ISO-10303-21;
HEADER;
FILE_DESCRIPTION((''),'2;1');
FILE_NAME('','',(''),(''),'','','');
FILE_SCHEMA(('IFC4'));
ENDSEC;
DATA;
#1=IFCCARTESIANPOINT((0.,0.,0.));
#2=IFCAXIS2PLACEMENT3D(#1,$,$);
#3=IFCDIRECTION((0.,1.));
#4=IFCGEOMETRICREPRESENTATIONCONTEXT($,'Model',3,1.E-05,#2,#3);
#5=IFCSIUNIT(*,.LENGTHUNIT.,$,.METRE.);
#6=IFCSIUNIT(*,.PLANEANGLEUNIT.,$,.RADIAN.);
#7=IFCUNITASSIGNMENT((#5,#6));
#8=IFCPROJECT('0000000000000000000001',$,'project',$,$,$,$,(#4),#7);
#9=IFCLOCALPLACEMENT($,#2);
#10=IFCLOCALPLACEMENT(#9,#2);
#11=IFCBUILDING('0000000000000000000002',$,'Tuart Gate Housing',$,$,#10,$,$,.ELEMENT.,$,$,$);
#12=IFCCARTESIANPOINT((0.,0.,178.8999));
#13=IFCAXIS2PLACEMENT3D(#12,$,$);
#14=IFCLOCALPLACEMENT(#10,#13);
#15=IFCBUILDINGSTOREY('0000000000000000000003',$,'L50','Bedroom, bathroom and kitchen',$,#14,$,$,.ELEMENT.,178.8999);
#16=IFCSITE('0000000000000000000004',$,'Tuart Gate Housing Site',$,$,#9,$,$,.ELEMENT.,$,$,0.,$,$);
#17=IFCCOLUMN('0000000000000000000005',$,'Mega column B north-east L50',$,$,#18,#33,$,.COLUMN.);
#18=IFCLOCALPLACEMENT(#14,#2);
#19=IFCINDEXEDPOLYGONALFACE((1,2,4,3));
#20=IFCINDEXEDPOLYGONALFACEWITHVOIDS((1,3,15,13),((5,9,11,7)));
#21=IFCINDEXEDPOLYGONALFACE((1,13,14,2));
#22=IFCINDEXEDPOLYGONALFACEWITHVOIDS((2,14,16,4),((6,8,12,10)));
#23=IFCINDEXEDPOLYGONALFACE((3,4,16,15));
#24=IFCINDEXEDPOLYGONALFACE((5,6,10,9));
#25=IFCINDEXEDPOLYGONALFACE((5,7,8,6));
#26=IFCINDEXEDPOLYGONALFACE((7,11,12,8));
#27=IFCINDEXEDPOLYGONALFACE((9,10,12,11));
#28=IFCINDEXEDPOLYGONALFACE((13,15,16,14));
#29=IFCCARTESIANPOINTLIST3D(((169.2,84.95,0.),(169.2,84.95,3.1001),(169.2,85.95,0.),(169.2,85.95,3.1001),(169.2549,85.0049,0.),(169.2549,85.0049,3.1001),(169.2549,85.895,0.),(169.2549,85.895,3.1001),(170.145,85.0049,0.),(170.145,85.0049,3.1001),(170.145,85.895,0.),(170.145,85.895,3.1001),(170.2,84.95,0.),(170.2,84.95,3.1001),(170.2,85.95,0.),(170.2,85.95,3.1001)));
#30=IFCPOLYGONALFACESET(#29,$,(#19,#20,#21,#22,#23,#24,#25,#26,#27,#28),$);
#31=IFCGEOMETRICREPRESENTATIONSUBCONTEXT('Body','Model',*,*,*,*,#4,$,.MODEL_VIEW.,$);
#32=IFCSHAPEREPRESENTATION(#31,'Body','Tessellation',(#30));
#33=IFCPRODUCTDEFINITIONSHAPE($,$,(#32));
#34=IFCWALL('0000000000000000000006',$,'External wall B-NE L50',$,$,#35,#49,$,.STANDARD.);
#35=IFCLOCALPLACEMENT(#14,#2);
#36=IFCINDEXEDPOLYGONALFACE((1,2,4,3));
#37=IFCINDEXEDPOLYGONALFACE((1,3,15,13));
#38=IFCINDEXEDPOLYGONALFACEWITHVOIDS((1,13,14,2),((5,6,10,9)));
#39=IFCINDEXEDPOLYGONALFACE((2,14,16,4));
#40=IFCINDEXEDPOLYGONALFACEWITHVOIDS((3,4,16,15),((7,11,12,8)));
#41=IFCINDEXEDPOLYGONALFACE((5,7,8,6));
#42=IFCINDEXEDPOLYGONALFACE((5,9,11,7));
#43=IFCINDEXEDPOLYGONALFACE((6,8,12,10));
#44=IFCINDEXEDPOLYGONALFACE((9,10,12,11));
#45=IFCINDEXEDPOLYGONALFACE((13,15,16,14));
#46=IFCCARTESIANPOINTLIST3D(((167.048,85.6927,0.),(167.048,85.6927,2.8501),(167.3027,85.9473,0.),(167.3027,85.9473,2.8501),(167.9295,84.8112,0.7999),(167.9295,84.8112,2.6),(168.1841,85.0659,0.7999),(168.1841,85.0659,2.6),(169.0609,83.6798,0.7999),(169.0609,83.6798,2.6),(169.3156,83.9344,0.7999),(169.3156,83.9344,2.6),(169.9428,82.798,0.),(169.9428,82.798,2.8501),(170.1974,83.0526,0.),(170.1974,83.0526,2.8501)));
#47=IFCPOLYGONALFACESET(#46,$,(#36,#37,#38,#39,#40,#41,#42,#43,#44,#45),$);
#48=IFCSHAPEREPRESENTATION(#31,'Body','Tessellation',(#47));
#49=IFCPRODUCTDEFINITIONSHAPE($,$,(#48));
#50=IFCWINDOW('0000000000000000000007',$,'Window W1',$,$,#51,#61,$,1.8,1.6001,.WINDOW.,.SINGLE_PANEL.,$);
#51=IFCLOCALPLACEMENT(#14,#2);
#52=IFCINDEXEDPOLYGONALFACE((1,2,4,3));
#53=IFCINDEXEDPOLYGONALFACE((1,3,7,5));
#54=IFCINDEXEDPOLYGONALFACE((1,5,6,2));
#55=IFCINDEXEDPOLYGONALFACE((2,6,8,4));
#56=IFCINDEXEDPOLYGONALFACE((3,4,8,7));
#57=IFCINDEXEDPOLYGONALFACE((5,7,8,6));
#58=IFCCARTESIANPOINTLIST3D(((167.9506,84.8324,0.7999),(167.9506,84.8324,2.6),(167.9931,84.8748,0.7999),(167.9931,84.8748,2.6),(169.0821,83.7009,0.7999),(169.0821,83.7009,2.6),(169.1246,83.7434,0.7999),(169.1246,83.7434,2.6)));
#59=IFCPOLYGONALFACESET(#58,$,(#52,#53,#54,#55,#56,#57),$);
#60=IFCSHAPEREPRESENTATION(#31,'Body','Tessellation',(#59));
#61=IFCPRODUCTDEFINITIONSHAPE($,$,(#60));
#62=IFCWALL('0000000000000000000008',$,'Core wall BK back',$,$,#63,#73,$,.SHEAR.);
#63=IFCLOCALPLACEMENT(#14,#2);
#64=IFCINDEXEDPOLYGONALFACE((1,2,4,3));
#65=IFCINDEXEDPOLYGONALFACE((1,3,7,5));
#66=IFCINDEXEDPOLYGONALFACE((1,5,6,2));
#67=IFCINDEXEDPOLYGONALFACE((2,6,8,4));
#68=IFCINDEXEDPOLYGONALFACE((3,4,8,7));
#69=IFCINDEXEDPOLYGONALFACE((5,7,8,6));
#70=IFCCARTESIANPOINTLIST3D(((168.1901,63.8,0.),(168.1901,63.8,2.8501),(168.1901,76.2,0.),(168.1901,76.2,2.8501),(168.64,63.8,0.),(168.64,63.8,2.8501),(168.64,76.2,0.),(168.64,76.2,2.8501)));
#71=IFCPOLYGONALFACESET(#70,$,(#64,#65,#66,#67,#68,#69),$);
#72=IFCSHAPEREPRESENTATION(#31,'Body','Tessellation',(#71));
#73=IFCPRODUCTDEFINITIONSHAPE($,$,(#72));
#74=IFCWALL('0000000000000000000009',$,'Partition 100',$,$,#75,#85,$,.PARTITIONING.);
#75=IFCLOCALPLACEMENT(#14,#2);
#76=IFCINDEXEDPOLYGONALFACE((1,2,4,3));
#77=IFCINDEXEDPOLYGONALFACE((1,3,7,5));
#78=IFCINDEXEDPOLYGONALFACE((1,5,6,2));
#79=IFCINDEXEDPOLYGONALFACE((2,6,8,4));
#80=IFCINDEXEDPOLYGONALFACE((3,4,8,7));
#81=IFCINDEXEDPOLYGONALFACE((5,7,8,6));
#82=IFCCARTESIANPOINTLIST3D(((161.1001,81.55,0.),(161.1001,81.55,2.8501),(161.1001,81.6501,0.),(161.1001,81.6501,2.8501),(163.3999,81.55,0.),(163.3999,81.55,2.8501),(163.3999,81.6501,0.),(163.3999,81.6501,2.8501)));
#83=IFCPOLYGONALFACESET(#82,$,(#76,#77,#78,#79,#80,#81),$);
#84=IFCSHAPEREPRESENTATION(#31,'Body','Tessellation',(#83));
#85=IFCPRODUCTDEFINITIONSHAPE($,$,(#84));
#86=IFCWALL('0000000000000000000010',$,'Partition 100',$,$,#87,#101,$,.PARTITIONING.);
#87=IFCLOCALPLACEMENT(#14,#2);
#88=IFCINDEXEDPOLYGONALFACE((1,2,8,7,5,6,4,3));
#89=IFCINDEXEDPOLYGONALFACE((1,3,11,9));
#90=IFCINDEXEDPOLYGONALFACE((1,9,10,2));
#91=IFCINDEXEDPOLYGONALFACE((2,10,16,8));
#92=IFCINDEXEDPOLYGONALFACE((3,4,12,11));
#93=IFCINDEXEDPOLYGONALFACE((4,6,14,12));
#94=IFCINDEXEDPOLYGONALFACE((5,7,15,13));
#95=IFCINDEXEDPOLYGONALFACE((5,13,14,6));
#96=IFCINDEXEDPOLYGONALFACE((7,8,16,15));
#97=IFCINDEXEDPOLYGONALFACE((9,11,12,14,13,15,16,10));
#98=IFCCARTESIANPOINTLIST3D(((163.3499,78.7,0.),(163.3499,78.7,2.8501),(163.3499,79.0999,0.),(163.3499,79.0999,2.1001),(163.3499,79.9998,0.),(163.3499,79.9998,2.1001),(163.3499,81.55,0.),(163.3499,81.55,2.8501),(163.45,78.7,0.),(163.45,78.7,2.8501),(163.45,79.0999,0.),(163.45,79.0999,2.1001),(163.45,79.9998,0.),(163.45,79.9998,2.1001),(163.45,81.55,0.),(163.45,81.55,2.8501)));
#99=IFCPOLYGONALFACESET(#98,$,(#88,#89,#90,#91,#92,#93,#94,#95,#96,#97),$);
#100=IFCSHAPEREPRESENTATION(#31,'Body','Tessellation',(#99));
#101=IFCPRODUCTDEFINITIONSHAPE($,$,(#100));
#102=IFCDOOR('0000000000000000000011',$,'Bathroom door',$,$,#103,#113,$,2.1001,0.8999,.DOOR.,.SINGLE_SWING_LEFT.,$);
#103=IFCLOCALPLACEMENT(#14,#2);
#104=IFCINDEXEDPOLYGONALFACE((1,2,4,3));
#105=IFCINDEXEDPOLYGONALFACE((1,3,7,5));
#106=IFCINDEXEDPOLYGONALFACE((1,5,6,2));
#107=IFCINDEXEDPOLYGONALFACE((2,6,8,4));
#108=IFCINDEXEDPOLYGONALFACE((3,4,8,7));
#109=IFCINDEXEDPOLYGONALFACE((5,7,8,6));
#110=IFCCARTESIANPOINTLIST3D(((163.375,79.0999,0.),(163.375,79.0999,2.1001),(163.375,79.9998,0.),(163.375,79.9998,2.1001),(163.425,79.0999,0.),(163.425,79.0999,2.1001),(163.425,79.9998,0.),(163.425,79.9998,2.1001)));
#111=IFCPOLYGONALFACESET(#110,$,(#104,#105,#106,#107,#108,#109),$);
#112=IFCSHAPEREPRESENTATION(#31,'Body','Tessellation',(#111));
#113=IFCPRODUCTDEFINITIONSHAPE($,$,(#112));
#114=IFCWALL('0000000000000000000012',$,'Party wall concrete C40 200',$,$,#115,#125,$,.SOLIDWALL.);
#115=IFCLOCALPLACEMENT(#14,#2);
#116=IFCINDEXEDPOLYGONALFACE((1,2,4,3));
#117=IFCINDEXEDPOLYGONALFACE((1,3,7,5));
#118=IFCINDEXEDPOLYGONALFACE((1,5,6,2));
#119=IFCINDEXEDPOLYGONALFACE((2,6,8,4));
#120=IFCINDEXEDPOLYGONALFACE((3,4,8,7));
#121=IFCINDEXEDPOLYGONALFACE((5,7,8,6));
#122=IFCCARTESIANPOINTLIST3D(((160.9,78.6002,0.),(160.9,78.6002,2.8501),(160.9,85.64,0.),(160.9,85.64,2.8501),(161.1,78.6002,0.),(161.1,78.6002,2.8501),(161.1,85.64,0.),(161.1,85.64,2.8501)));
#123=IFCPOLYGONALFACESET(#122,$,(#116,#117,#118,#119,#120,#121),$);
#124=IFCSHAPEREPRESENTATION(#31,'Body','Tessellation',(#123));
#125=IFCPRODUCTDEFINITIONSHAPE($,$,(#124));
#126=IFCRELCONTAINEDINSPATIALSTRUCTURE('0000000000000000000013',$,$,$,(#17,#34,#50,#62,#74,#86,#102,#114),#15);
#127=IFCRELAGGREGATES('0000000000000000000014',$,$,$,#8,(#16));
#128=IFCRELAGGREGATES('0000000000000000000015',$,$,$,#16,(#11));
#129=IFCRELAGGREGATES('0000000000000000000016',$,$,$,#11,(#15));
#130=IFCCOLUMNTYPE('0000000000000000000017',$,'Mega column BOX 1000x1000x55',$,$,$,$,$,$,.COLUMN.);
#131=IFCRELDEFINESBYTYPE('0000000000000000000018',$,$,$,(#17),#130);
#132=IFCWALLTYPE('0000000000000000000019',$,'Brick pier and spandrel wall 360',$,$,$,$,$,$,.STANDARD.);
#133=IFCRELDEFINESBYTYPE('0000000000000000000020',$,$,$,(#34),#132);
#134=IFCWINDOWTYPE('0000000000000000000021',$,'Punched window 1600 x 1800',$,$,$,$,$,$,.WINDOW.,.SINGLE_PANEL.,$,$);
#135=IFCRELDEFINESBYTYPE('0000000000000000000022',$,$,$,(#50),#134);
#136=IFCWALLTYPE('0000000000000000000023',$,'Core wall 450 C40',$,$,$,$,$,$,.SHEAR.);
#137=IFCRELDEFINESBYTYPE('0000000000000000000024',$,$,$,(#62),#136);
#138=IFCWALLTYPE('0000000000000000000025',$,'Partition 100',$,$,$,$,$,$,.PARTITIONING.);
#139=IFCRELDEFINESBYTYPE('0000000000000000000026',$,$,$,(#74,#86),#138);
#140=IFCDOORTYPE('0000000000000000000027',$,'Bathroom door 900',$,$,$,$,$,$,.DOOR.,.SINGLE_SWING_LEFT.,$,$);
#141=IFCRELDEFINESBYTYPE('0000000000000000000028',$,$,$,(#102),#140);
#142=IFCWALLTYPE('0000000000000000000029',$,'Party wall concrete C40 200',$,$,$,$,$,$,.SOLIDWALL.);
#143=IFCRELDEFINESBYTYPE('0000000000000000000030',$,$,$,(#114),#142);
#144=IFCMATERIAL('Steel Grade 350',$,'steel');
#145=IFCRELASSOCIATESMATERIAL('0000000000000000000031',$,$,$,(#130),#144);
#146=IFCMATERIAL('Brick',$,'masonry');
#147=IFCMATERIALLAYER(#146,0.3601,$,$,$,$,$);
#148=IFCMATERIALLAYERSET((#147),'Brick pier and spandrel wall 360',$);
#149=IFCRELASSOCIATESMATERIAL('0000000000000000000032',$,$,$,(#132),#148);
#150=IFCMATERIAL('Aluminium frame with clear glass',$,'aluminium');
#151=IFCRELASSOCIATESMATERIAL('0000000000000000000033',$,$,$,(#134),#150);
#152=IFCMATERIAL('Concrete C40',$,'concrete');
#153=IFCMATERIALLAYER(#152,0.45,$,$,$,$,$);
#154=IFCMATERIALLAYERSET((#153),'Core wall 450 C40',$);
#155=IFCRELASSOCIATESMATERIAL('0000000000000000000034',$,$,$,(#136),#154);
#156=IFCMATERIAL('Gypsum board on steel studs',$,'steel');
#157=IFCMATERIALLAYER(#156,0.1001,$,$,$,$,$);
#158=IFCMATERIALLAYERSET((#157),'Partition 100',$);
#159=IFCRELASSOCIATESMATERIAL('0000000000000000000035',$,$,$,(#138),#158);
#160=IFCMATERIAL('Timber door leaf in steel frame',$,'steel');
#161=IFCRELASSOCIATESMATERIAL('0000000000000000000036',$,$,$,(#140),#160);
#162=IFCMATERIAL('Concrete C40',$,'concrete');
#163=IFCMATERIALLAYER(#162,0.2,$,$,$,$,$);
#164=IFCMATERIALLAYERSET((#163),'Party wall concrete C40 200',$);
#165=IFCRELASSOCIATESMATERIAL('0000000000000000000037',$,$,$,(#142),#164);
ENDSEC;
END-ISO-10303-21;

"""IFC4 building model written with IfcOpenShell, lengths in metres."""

from ifc_helpers import new_model, si_unit, direction, frame, frame_2d, origin, origin_2d, place, context, subcontext, project, spatial, rectangle, hollow_rectangle, extrude, material, layer, layer_set, material_profile, profile_set, type_object, element, fill, save


model = new_model("IFC4")

# Units and contexts
model_context = context("Model", 3, precision=1e-05, world=origin(), true_north=direction((0.0, 1.0)))
body_context = subcontext(model_context, "Body", "Model", "MODEL_VIEW")
ifc_project = project(units=[si_unit("LENGTHUNIT", "METRE"), si_unit("PLANEANGLEUNIT", "RADIAN")], contexts=[model_context])

# Site, building, storey
site_placement = place(None, origin())
site = spatial("IfcSite", under=ifc_project, at=site_placement, Name="Tuart Gate Housing Site", CompositionType="ELEMENT", RefElevation=0.0)
building_placement = place(site_placement, origin())
building = spatial("IfcBuilding", under=site, at=building_placement, Name="Tuart Gate Housing", CompositionType="ELEMENT")
storey_placement = place(building_placement, frame((0.0, 0.0, 178.8999)))
storey = spatial("IfcBuildingStorey", under=building, at=storey_placement, Name="L50", Description="Bedroom, bathroom and kitchen", CompositionType="ELEMENT", Elevation=178.8999)

# Column
ifc_material_1 = material(Name="Steel Grade 350", Category="steel")
ifc_material_profile = material_profile(ifc_material_1, hollow_rectangle(XDim=1.0, YDim=1.0, WallThickness=0.0549, at=origin_2d()), Name="BOX 1000x1000x55")
ifc_profile_set = profile_set([ifc_material_profile], Name="Steel Grade 350")
column_type = type_object("IfcColumnType", Name="Mega column BOX 1000x1000x55", PredefinedType="COLUMN", material=ifc_profile_set)
column_placement = place(storey_placement, frame((169.7, 85.45, 0.0), z_axis=(0.0, 0.0, 1.0), x_axis=(1.0, 0.0, 0.0)))
element("IfcColumn", 1, at=column_placement, inside=storey, type_object=column_type, Name="Mega column B north-east L50", PredefinedType="COLUMN", context=body_context, shape_type="SweptSolid", body=[
    extrude(hollow_rectangle(XDim=1.0, YDim=1.0, WallThickness=0.0549, at=origin_2d()), origin(), (0.0, 0.0, 1.0), 3.1001),
])

# Wall, opening, window
ifc_material_2 = material(Name="Brick", Category="masonry")
ifc_layer_1 = layer(ifc_material_2, 0.3601)
ifc_layer_set_1 = layer_set([ifc_layer_1], Name="Brick pier and spandrel wall 360")
wall_type_1 = type_object("IfcWallType", Name="Brick pier and spandrel wall 360", PredefinedType="STANDARD", material=ifc_layer_set_1)
wall_1_placement = place(storey_placement, frame((170.0701, 82.9253, 0.0), z_axis=(0.0, 0.0, 1.0), x_axis=(-0.707107, 0.707107, 0.0)))
wall_1 = element("IfcWall", 2, at=wall_1_placement, inside=storey, type_object=wall_type_1, Name="External wall B-NE L50", PredefinedType="STANDARD", context=body_context, shape_type="SweptSolid", body=[
    extrude(rectangle(XDim=4.0938, YDim=0.3601, at=frame_2d((2.0469, 0.0))), origin(), (0.0, 0.0, 1.0), 2.8501),
])
opening_1_placement = place(wall_1_placement, frame((1.2471, 0.0, 0.8)))
opening_1 = element("IfcOpeningElement", 3, at=opening_1_placement, cuts=wall_1, PredefinedType="OPENING", context=body_context, shape_type="SweptSolid", body=[
    extrude(rectangle(XDim=1.6001, YDim=1.8, at=frame_2d((0.8, 0.8999))), frame((0.0, 0.1899, 0.0), z_axis=(0.0, -1.0, 0.0), x_axis=(1.0, 0.0, 0.0)), (0.0, 0.0, 1.0), 0.3801),
])
ifc_material_3 = material(Name="Aluminium frame with clear glass", Category="aluminium")
window_type_1 = type_object("IfcWindowType", Name="Punched window 1600 x 1800", PartitioningType="SINGLE_PANEL", PredefinedType="WINDOW", material=ifc_material_3)
window_1_placement = place(opening_1_placement, origin())
window_1 = element("IfcWindow", 4, at=window_1_placement, inside=storey, type_object=window_type_1, Name="Window W1", OverallHeight=1.8, OverallWidth=1.6001, PartitioningType="SINGLE_PANEL", PredefinedType="WINDOW", context=body_context, shape_type="SweptSolid", body=[
    extrude(rectangle(XDim=1.6001, YDim=1.8, at=frame_2d((0.8, 0.8999))), frame((0.0, 0.1501, 0.0), z_axis=(0.0, -1.0, 0.0), x_axis=(1.0, 0.0, 0.0)), (0.0, 0.0, 1.0), 0.0601),
])
fill(opening_1, window_1)

# Walls
ifc_material_4 = material(Name="Concrete C40", Category="concrete")
ifc_layer_2 = layer(ifc_material_4, 0.45)
ifc_layer_set_2 = layer_set([ifc_layer_2], Name="Core wall 450 C40")
wall_type_2 = type_object("IfcWallType", Name="Core wall 450 C40", PredefinedType="SHEAR", material=ifc_layer_set_2)
wall_2_placement = place(storey_placement, frame((168.415, 76.2, 0.0), z_axis=(0.0, 0.0, 1.0), x_axis=(0.0, -1.0, 0.0)))
element("IfcWall", 5, at=wall_2_placement, inside=storey, type_object=wall_type_2, Name="Core wall BK back", PredefinedType="SHEAR", context=body_context, shape_type="SweptSolid", body=[
    extrude(rectangle(XDim=12.3999, YDim=0.45, at=frame_2d((6.2, 0.0))), origin(), (0.0, 0.0, 1.0), 2.8501),
])
ifc_material_5 = material(Name="Gypsum board on steel studs", Category="steel")
ifc_layer_3 = layer(ifc_material_5, 0.1001)
ifc_layer_set_3 = layer_set([ifc_layer_3], Name="Partition 100")
wall_type_3 = type_object("IfcWallType", Name="Partition 100", PredefinedType="PARTITIONING", material=ifc_layer_set_3)
wall_3_placement = place(storey_placement, frame((161.1001, 81.6001, 0.0), z_axis=(0.0, 0.0, 1.0), x_axis=(1.0, 0.0, 0.0)))
element("IfcWall", 6, at=wall_3_placement, inside=storey, type_object=wall_type_3, Name="Partition 100", PredefinedType="PARTITIONING", context=body_context, shape_type="SweptSolid", body=[
    extrude(rectangle(XDim=2.2998, YDim=0.1001, at=frame_2d((1.1499, 0.0))), origin(), (0.0, 0.0, 1.0), 2.8501),
])

# Wall, opening, door
wall_4_placement = place(storey_placement, frame((163.3999, 78.7, 0.0), z_axis=(0.0, 0.0, 1.0), x_axis=(0.0, 1.0, 0.0)))
wall_4 = element("IfcWall", 7, at=wall_4_placement, inside=storey, type_object=wall_type_3, Name="Partition 100", PredefinedType="PARTITIONING", context=body_context, shape_type="SweptSolid", body=[
    extrude(rectangle(XDim=2.8501, YDim=0.1001, at=frame_2d((1.425, 0.0))), origin(), (0.0, 0.0, 1.0), 2.8501),
])
opening_2_placement = place(wall_4_placement, frame((0.3999, 0.0, 0.0)))
opening_2 = element("IfcOpeningElement", 8, at=opening_2_placement, cuts=wall_4, PredefinedType="OPENING", context=body_context, shape_type="SweptSolid", body=[
    extrude(rectangle(XDim=0.8999, YDim=2.1001, at=frame_2d((0.45, 1.05))), frame((0.0, 0.0601, 0.0), z_axis=(0.0, -1.0, 0.0), x_axis=(1.0, 0.0, 0.0)), (0.0, 0.0, 1.0), 0.1201),
])
ifc_material_6 = material(Name="Timber door leaf in steel frame", Category="steel")
door_type = type_object("IfcDoorType", Name="Bathroom door 900", OperationType="SINGLE_SWING_LEFT", PredefinedType="DOOR", material=ifc_material_6)
door_placement = place(opening_2_placement, origin())
door = element("IfcDoor", 9, at=door_placement, inside=storey, type_object=door_type, Name="Bathroom door", OperationType="SINGLE_SWING_LEFT", OverallHeight=2.1001, OverallWidth=0.8999, PredefinedType="DOOR", context=body_context, shape_type="SweptSolid", body=[
    extrude(rectangle(XDim=0.8999, YDim=2.1001, at=frame_2d((0.45, 1.05))), frame((0.0, 0.0249, 0.0), z_axis=(0.0, -1.0, 0.0), x_axis=(1.0, 0.0, 0.0)), (0.0, 0.0, 1.0), 0.05),
])
fill(opening_2, door)

# Wall
ifc_material_7 = material(Name="Concrete C40", Category="concrete")
ifc_layer_4 = layer(ifc_material_7, 0.2)
ifc_layer_set_4 = layer_set([ifc_layer_4], Name="Party wall concrete C40 200")
wall_type_4 = type_object("IfcWallType", Name="Party wall concrete C40 200", PredefinedType="SOLIDWALL", material=ifc_layer_set_4)
wall_5_placement = place(storey_placement, frame((161.0, 78.6001, 0.0), z_axis=(0.0, 0.0, 1.0), x_axis=(0.0, 1.0, 0.0)))
element("IfcWall", 10, at=wall_5_placement, inside=storey, type_object=wall_type_4, Name="Party wall concrete C40 200", PredefinedType="SOLIDWALL", context=body_context, shape_type="SweptSolid", body=[
    extrude(rectangle(XDim=7.0398, YDim=0.2, at=frame_2d((3.52, 0.0))), origin(), (0.0, 0.0, 1.0), 2.8501),
])

save(model, "model.ifc")
